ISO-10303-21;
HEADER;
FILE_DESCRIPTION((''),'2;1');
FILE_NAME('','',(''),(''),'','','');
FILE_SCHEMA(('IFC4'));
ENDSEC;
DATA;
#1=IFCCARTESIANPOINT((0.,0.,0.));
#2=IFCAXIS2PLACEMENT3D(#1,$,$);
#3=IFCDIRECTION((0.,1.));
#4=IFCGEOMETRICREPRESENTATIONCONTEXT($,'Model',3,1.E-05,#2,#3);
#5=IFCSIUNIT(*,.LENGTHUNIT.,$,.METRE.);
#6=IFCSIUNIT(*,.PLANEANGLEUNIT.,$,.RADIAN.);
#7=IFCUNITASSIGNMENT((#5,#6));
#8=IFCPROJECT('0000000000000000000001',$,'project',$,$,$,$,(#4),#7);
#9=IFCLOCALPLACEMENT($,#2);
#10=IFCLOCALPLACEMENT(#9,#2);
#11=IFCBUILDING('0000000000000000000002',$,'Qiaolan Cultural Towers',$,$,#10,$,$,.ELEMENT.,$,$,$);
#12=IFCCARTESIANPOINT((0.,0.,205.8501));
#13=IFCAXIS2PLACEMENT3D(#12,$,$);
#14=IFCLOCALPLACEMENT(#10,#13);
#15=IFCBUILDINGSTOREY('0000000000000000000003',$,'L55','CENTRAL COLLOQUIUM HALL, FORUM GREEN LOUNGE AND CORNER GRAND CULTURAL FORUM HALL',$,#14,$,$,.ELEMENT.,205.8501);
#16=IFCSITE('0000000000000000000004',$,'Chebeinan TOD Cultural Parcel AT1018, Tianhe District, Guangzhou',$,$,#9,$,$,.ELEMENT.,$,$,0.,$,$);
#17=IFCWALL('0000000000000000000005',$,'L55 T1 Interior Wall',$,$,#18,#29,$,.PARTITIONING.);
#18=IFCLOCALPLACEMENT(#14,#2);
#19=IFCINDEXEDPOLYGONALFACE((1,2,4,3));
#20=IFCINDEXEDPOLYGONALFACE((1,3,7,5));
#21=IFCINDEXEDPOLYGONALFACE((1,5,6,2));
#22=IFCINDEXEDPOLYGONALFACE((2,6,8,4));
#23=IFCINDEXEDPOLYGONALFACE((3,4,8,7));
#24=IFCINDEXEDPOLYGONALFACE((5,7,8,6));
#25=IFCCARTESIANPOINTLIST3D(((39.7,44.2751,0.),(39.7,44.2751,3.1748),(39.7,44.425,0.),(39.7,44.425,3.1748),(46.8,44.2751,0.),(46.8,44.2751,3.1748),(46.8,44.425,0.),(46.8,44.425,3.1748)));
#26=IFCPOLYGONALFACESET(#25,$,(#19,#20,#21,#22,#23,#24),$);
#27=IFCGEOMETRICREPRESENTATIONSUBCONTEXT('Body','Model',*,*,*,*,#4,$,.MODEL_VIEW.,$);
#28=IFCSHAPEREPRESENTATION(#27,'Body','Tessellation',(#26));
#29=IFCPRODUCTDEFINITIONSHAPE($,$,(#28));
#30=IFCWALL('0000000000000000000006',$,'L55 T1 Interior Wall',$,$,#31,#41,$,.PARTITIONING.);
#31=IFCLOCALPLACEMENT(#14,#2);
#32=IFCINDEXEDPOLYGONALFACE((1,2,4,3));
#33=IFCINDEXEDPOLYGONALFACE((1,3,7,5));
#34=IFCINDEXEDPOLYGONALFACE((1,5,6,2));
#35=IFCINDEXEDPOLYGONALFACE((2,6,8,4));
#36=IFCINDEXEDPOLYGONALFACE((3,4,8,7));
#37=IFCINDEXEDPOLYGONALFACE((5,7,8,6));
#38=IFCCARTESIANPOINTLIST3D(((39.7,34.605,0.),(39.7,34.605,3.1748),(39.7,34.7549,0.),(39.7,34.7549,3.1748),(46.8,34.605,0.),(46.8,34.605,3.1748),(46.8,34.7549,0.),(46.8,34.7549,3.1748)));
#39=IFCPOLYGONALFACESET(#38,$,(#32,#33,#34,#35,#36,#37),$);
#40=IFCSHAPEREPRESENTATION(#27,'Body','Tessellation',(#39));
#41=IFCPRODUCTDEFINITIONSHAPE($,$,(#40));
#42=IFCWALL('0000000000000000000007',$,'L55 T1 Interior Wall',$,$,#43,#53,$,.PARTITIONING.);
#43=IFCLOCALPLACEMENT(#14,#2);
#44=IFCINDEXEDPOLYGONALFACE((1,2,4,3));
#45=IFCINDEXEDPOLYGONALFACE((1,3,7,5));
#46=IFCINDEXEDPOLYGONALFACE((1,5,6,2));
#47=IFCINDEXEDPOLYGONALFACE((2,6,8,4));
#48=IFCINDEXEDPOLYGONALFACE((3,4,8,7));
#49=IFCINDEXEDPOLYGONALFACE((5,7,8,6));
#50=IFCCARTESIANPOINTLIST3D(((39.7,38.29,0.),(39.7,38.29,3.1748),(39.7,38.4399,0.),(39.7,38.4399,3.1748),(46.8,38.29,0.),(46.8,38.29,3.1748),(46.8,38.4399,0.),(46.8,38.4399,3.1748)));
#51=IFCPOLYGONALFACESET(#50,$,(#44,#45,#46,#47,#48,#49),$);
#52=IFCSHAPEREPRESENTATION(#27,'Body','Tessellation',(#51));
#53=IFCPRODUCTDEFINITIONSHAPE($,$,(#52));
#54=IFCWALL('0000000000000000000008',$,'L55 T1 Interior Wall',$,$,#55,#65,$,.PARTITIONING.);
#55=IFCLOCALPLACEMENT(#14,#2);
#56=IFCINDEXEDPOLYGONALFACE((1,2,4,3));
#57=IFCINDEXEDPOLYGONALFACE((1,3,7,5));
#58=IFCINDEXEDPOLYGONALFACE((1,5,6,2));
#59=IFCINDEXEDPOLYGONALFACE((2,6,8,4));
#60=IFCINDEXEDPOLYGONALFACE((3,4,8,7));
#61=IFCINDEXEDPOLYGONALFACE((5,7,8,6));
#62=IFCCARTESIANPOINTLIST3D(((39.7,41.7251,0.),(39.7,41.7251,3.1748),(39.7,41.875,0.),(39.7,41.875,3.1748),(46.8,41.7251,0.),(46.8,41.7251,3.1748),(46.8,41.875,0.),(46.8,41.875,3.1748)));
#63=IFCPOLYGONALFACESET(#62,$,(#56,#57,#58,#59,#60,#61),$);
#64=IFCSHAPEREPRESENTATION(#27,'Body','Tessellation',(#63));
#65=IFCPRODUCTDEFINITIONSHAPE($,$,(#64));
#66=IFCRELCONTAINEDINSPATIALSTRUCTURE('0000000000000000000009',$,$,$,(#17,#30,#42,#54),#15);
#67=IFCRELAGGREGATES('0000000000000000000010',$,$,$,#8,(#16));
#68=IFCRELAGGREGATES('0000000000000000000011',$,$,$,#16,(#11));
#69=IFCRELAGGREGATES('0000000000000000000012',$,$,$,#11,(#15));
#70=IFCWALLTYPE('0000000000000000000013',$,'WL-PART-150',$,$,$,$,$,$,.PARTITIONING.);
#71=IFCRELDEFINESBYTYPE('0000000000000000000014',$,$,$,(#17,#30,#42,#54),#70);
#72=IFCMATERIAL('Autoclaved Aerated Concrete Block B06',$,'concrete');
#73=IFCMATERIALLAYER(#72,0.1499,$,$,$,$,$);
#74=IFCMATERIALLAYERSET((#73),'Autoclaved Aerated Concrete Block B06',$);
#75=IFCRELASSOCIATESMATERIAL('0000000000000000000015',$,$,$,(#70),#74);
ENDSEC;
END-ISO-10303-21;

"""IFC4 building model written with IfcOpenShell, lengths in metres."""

from ifc_helpers import new_model, si_unit, direction, frame, frame_2d, origin, place, context, subcontext, project, spatial, rectangle, extrude, material, layer, layer_set, type_object, element, save


model = new_model("IFC4")

# Units and contexts
model_context = context("Model", 3, precision=1e-05, world=origin(), true_north=direction((0.0, 1.0)))
body_context = subcontext(model_context, "Body", "Model", "MODEL_VIEW")
ifc_project = project(units=[si_unit("LENGTHUNIT", "METRE"), si_unit("PLANEANGLEUNIT", "RADIAN")], contexts=[model_context])

# Site, building, storey
site_placement = place(None, origin())
site = spatial("IfcSite", under=ifc_project, at=site_placement, Name="Chebeinan TOD Cultural Parcel AT1018, Tianhe District, Guangzhou", CompositionType="ELEMENT", RefElevation=0.0)
building_placement = place(site_placement, origin())
building = spatial("IfcBuilding", under=site, at=building_placement, Name="Qiaolan Cultural Towers", CompositionType="ELEMENT")
storey_placement = place(building_placement, frame((0.0, 0.0, 205.8501)))
storey = spatial("IfcBuildingStorey", under=building, at=storey_placement, Name="L55", Description="CENTRAL COLLOQUIUM HALL, FORUM GREEN LOUNGE AND CORNER GRAND CULTURAL FORUM HALL", CompositionType="ELEMENT", Elevation=205.8501)

# Shared definitions
ifc_material_1 = material(Name="Autoclaved Aerated Concrete Block B06", Category="concrete")
ifc_layer_1 = layer(ifc_material_1, 0.1499)
ifc_layer_set_1 = layer_set([ifc_layer_1], Name="Autoclaved Aerated Concrete Block B06")
wall_type_1 = type_object("IfcWallType", Name="WL-PART-150", PredefinedType="PARTITIONING", material=ifc_layer_set_1)

# Walls
for number, where, z_axis, x_axis, name in (
    (1, (39.7, 44.3501, 0.0), (0.0, 0.0, 1.0), (1.0, 0.0, 0.0), "L55 T1 Interior Wall"),
    (2, (39.7, 34.6799, 0.0), (0.0, 0.0, 1.0), (1.0, 0.0, 0.0), "L55 T1 Interior Wall"),
    (3, (39.7, 38.365, 0.0), (0.0, 0.0, 1.0), (1.0, 0.0, 0.0), "L55 T1 Interior Wall"),
    (4, (39.7, 41.8, 0.0), (0.0, 0.0, 1.0), (1.0, 0.0, 0.0), "L55 T1 Interior Wall"),
):
    element("IfcWall", number, at=place(storey_placement, frame(where, z_axis=z_axis, x_axis=x_axis)), inside=storey, type_object=wall_type_1, Name=name, PredefinedType="PARTITIONING", context=body_context, shape_type="SweptSolid", body=[
        extrude(rectangle(XDim=7.1001, YDim=0.1499, at=frame_2d((3.55, 0.0))), origin(), (0.0, 0.0, 1.0), 3.1748),
    ])

save(model, "model.ifc")
